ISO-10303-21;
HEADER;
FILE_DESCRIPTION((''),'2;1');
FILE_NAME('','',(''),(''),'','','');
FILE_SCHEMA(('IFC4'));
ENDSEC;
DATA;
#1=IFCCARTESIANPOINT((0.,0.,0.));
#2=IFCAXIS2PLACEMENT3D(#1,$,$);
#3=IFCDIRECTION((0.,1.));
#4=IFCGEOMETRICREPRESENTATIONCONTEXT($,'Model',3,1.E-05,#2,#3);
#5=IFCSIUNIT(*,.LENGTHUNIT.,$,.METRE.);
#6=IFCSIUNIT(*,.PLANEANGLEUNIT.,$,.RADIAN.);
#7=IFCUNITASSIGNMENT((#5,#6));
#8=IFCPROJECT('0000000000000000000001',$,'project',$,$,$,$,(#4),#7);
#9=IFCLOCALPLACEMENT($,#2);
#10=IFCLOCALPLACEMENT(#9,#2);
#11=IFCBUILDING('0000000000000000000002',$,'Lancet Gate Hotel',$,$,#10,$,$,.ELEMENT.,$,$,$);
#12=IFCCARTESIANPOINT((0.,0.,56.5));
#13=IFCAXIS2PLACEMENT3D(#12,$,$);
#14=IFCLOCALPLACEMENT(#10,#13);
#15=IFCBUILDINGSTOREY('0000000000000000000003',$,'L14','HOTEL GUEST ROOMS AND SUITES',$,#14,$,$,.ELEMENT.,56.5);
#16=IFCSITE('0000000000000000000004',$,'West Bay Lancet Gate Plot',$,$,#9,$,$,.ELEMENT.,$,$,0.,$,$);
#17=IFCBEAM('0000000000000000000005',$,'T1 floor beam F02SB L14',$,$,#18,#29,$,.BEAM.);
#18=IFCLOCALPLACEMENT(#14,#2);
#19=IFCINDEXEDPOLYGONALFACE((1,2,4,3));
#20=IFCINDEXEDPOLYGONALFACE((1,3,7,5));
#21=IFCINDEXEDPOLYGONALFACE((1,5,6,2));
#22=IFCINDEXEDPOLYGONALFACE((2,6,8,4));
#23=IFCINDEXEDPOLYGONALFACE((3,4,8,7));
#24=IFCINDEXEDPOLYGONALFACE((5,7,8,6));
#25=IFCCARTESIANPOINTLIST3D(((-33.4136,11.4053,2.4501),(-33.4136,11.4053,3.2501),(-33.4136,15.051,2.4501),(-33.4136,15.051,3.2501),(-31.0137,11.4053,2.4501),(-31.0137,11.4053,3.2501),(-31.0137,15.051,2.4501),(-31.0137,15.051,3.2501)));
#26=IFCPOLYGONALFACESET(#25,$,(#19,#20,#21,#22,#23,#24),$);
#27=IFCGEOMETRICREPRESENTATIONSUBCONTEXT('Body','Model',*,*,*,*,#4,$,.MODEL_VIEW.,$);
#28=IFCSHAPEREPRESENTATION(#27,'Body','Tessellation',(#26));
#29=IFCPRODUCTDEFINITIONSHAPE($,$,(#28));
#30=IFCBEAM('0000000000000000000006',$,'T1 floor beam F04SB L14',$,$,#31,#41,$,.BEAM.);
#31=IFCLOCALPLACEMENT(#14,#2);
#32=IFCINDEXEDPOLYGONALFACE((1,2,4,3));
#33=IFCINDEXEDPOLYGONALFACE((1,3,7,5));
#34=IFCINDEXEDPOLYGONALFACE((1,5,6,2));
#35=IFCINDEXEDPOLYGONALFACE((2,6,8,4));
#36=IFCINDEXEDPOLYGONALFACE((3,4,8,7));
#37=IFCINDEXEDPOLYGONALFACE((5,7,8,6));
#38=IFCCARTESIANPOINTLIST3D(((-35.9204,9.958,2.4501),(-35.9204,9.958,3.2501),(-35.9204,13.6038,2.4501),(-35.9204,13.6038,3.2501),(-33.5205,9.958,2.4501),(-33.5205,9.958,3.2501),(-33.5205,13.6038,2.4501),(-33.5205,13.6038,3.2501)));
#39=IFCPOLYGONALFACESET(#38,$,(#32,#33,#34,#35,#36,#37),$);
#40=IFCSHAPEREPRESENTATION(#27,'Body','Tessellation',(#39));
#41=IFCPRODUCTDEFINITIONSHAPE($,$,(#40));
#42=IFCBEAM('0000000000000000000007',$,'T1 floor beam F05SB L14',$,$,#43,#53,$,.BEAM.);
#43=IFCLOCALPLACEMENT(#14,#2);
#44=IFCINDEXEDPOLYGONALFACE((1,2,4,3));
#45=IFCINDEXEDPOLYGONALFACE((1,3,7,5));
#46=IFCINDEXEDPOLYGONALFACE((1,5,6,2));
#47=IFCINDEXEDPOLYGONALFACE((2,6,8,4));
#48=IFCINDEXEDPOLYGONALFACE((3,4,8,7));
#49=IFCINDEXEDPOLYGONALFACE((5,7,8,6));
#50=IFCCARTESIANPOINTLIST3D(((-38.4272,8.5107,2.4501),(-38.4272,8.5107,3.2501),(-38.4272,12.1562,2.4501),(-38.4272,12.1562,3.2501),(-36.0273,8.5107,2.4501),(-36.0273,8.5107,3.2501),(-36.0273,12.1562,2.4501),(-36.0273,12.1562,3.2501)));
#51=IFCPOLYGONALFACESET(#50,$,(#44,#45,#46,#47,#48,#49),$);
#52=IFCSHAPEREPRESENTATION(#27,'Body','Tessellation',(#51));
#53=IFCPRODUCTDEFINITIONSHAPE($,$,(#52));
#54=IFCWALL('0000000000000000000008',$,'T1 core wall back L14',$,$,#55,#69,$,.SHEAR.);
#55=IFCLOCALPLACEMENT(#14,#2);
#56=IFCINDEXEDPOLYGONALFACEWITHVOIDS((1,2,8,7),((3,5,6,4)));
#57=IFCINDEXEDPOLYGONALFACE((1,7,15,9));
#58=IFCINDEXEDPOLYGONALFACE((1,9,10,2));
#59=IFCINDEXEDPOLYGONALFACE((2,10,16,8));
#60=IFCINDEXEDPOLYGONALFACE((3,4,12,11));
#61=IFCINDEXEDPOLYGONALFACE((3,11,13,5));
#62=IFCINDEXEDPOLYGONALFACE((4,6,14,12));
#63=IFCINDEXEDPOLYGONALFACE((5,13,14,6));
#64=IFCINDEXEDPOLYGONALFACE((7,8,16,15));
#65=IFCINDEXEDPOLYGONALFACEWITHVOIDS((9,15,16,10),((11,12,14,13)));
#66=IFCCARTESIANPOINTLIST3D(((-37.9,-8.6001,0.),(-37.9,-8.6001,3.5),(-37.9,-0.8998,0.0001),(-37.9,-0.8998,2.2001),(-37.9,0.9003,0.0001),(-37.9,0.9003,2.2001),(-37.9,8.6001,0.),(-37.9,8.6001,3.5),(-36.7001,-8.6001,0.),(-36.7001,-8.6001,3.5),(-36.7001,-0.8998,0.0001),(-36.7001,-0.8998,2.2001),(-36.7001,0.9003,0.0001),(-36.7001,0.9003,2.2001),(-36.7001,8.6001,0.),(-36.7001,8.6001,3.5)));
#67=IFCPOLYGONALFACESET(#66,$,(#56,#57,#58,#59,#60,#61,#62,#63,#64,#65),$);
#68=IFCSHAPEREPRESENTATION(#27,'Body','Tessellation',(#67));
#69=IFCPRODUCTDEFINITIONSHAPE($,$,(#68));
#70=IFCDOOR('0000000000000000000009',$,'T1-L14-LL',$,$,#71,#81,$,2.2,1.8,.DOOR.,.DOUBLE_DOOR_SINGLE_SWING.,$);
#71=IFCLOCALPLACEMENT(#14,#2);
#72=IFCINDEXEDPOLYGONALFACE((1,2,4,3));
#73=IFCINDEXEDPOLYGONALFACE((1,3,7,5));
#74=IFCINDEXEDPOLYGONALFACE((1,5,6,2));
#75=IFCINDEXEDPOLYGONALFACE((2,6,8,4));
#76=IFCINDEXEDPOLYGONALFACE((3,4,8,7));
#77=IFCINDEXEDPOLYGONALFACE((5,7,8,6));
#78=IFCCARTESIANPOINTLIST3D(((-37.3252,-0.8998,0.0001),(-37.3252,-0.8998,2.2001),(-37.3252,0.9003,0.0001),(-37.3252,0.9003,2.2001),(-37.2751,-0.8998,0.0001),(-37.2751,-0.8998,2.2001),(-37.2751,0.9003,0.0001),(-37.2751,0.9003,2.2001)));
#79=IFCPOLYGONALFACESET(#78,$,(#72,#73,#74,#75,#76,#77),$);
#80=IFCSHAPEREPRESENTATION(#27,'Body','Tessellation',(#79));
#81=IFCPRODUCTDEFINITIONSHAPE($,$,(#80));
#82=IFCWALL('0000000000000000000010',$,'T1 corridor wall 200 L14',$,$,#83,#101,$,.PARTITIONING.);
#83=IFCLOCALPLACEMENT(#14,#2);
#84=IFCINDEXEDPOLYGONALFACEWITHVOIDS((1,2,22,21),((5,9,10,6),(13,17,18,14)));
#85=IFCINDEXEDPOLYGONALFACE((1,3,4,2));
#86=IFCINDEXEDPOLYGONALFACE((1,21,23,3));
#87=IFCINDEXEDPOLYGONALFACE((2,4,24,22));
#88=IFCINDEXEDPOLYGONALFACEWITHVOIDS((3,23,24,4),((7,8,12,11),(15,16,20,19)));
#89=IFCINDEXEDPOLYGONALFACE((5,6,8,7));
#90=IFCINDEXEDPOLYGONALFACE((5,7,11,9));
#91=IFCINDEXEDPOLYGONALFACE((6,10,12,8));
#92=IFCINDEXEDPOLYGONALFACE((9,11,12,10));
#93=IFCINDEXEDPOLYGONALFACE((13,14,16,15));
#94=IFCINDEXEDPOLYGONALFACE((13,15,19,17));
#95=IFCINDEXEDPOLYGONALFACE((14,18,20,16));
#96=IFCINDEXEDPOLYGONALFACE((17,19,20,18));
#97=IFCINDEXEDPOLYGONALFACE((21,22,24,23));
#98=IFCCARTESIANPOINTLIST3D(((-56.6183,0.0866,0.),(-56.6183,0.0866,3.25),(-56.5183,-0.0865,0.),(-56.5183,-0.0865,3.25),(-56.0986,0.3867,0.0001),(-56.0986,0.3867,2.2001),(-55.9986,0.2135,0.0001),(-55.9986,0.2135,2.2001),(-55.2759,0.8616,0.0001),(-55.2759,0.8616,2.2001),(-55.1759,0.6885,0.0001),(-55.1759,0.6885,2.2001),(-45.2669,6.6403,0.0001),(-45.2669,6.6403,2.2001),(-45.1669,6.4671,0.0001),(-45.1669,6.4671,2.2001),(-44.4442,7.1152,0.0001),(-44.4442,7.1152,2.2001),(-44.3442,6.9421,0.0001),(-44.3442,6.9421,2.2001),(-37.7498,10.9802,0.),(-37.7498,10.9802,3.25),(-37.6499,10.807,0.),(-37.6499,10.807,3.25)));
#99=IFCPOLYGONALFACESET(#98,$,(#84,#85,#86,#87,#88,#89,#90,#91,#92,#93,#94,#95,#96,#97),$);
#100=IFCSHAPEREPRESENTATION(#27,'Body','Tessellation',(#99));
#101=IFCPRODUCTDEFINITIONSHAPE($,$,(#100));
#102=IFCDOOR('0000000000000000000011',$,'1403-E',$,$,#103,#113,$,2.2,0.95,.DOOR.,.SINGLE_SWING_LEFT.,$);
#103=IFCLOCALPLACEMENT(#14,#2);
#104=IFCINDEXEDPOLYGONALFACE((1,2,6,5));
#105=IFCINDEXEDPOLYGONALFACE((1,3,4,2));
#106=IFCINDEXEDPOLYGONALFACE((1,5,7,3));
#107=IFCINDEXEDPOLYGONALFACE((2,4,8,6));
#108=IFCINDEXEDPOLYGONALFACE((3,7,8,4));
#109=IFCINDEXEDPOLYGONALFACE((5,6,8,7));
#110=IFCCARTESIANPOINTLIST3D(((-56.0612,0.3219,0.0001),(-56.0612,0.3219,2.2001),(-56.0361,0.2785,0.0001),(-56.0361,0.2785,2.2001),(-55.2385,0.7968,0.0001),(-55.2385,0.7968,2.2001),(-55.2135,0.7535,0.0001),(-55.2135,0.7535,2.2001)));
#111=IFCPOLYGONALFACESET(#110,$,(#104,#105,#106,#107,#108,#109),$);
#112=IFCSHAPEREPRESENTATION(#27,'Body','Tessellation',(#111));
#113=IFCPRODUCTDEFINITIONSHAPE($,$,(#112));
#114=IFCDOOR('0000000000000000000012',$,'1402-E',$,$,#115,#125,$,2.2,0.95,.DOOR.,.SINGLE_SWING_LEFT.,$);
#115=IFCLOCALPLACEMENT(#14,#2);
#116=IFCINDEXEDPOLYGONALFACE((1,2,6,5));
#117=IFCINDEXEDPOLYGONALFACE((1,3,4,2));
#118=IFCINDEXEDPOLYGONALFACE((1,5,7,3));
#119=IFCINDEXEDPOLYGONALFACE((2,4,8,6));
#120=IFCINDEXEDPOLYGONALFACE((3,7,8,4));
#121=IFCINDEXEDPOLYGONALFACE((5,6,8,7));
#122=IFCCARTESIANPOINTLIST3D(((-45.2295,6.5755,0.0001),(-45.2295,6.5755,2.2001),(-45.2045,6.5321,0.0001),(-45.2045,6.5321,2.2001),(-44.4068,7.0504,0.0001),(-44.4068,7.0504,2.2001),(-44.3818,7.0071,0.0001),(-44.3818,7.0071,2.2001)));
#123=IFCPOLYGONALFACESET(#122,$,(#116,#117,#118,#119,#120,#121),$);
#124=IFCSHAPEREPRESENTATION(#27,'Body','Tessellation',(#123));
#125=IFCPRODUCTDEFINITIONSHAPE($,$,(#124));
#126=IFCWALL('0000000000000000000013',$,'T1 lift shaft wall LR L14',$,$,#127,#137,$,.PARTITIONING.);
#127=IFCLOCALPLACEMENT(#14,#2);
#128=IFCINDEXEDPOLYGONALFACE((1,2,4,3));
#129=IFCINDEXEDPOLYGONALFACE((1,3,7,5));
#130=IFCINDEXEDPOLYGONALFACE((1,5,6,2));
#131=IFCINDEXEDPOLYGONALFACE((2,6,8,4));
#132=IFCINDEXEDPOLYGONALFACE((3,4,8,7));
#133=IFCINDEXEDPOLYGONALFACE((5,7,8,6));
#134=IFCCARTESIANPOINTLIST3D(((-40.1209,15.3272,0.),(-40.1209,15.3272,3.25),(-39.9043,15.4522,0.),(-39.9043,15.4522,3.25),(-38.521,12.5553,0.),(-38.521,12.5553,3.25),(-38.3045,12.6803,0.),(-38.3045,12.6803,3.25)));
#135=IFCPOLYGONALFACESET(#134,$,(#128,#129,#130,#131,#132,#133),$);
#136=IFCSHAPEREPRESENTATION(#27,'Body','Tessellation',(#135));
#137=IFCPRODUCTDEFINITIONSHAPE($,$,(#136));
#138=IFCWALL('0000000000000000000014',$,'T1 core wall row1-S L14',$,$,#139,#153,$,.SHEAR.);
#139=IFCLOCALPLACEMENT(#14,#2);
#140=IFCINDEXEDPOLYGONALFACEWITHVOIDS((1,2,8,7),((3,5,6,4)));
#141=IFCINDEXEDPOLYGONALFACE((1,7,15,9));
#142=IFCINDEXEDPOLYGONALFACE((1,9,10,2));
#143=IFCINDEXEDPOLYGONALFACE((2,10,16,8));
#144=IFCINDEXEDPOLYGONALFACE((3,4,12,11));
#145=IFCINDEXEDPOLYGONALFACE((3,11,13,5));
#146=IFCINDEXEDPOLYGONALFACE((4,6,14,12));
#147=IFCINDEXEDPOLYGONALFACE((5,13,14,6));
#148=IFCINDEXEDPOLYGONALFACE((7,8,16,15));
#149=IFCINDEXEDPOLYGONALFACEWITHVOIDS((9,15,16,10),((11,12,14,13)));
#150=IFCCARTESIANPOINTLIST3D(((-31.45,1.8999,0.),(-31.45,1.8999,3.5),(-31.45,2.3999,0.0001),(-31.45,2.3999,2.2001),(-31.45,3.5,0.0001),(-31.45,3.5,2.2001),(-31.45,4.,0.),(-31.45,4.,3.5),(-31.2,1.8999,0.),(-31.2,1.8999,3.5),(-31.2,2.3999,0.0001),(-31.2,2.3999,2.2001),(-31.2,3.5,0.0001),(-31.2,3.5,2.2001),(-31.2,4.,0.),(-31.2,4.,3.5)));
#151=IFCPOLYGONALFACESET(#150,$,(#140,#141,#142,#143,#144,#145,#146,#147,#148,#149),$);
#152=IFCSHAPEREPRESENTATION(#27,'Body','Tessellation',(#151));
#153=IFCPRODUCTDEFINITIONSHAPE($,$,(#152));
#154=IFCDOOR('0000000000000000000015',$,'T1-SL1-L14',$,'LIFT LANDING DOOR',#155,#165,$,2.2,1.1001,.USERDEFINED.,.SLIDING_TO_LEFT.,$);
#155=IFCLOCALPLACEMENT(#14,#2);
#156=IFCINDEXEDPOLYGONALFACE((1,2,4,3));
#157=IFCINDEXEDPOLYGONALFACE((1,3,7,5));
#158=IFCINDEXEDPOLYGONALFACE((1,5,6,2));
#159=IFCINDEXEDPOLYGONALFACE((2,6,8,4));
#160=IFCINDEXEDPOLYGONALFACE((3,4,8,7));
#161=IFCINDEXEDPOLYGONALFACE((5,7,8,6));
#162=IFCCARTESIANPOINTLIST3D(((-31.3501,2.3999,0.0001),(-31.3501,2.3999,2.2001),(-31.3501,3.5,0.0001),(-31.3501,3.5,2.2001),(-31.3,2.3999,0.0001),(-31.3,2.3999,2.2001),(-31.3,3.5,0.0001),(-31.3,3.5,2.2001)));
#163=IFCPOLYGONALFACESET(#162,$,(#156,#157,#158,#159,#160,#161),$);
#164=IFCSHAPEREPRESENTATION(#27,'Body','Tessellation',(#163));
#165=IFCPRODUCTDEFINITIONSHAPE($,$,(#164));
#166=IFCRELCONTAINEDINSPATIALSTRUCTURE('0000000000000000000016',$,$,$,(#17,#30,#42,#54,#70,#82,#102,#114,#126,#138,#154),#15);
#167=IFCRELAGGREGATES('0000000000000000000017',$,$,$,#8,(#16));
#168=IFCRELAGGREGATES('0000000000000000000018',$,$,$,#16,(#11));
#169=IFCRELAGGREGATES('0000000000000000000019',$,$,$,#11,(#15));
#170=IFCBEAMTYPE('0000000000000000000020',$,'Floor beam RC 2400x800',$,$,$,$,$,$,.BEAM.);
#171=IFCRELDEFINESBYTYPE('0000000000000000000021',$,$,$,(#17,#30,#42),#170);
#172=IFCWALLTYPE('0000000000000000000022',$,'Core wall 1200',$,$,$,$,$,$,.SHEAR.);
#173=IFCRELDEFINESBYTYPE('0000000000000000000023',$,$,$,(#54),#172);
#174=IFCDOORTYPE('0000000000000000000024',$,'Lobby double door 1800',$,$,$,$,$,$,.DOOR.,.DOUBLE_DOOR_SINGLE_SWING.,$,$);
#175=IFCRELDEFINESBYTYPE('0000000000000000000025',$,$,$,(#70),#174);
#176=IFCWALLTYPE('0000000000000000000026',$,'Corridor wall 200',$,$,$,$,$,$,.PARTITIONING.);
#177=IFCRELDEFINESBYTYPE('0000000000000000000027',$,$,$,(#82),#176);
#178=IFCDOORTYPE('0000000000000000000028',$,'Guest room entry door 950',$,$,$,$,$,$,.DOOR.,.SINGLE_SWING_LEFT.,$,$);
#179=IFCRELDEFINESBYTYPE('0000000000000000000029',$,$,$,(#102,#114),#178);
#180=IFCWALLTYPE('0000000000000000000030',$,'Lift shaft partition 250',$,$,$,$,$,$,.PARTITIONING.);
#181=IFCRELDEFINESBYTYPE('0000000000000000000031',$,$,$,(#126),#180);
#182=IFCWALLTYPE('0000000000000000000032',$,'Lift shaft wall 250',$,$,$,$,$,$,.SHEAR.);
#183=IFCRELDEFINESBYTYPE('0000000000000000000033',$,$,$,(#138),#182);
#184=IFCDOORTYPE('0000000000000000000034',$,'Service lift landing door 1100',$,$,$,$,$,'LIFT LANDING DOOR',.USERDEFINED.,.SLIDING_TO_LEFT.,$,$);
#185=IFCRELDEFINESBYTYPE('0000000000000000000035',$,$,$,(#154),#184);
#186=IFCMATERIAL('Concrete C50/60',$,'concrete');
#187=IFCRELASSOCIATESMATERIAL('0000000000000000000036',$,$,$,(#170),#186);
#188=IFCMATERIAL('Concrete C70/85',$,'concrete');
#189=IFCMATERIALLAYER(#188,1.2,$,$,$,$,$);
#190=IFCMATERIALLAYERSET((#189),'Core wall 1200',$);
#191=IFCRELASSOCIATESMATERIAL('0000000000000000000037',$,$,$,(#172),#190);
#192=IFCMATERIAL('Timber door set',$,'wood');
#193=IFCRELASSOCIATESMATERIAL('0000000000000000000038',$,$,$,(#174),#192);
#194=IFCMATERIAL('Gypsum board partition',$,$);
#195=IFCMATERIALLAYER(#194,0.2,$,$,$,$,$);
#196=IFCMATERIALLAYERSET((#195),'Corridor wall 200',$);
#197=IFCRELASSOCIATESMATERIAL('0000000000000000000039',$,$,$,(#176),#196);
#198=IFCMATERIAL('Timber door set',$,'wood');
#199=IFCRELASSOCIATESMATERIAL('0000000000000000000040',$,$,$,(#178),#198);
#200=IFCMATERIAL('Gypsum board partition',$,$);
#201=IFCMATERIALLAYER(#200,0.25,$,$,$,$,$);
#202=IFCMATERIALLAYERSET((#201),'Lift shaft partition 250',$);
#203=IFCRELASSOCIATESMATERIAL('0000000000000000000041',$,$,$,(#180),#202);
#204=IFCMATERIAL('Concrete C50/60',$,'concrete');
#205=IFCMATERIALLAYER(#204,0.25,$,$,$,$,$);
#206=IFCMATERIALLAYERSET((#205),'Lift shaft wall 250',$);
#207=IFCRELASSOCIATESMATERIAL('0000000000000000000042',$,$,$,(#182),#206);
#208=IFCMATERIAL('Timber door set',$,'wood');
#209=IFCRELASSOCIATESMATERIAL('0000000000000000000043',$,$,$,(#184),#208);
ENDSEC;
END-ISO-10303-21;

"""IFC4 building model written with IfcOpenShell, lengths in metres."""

from ifc_helpers import new_model, si_unit, direction, frame, frame_2d, origin, origin_2d, place, context, subcontext, project, spatial, rectangle, extrude, material, layer, layer_set, material_profile, profile_set, type_object, element, fill, save


model = new_model("IFC4")

# Units and contexts
model_context = context("Model", 3, precision=1e-05, world=origin(), true_north=direction((0.0, 1.0)))
body_context = subcontext(model_context, "Body", "Model", "MODEL_VIEW")
ifc_project = project(units=[si_unit("LENGTHUNIT", "METRE"), si_unit("PLANEANGLEUNIT", "RADIAN")], contexts=[model_context])

# Site, building, storey
site_placement = place(None, origin())
site = spatial("IfcSite", under=ifc_project, at=site_placement, Name="West Bay Lancet Gate Plot", CompositionType="ELEMENT", RefElevation=0.0)
building_placement = place(site_placement, origin())
building = spatial("IfcBuilding", under=site, at=building_placement, Name="Lancet Gate Hotel", CompositionType="ELEMENT")
storey_placement = place(building_placement, frame((0.0, 0.0, 56.5)))
storey = spatial("IfcBuildingStorey", under=building, at=storey_placement, Name="L14", Description="HOTEL GUEST ROOMS AND SUITES", CompositionType="ELEMENT", Elevation=56.5)

# Beams
ifc_material_1 = material(Name="Concrete C50/60", Category="concrete")
ifc_material_profile = material_profile(ifc_material_1, rectangle(XDim=2.3999, YDim=0.8, at=origin_2d()), Name="RC 2400x800")
ifc_profile_set = profile_set([ifc_material_profile], Name="Concrete C50/60")
beam_type = type_object("IfcBeamType", Name="Floor beam RC 2400x800", PredefinedType="BEAM", material=ifc_profile_set)
for number, where, z_axis, x_axis, name in (
    (1, (-32.2136, 15.051, 2.8501), (0.0, -1.0, 0.0), (1.0, 0.0, 0.0), "T1 floor beam F02SB L14"),
    (2, (-34.7205, 13.6038, 2.8501), (0.0, -1.0, 0.0), (1.0, 0.0, 0.0), "T1 floor beam F04SB L14"),
):
    element("IfcBeam", number, at=place(storey_placement, frame(where, z_axis=z_axis, x_axis=x_axis)), inside=storey, type_object=beam_type, Name=name, PredefinedType="BEAM", context=body_context, shape_type="SweptSolid", body=[
        extrude(rectangle(XDim=2.3999, YDim=0.8, at=origin_2d()), origin(), (0.0, 0.0, 1.0), 3.6458),
    ])
beam_placement = place(storey_placement, frame((-37.2273, 12.1562, 2.8501), z_axis=(0.0, -1.0, 0.0), x_axis=(1.0, 0.0, 0.0)))
element("IfcBeam", 3, at=beam_placement, inside=storey, type_object=beam_type, Name="T1 floor beam F05SB L14", PredefinedType="BEAM", context=body_context, shape_type="SweptSolid", body=[
    extrude(rectangle(XDim=2.3999, YDim=0.8, at=origin_2d()), origin(), (0.0, 0.0, 1.0), 3.6455),
])

# Wall, opening, door
ifc_material_2 = material(Name="Concrete C70/85", Category="concrete")
ifc_layer_1 = layer(ifc_material_2, 1.2)
ifc_layer_set_1 = layer_set([ifc_layer_1], Name="Core wall 1200")
wall_type_1 = type_object("IfcWallType", Name="Core wall 1200", PredefinedType="SHEAR", material=ifc_layer_set_1)
wall_1_placement = place(storey_placement, frame((-37.3, 8.6001, 0.0), z_axis=(0.0, 0.0, 1.0), x_axis=(0.0, -1.0, 0.0)))
wall_1 = element("IfcWall", 4, at=wall_1_placement, inside=storey, type_object=wall_type_1, Name="T1 core wall back L14", PredefinedType="SHEAR", context=body_context, shape_type="SweptSolid", body=[
    extrude(rectangle(XDim=17.2002, YDim=1.2, at=frame_2d((8.6001, 0.0))), origin(), (0.0, 0.0, 1.0), 3.5),
])
opening_1_placement = place(wall_1_placement, frame((7.7, 0.0, 0.0)))
opening_1 = element("IfcOpeningElement", 5, at=opening_1_placement, cuts=wall_1, PredefinedType="OPENING", context=body_context, shape_type="SweptSolid", body=[
    extrude(rectangle(XDim=1.8, YDim=2.2, at=frame_2d((0.8999, 1.1001))), frame((0.0, 0.6099, 0.0), z_axis=(0.0, -1.0, 0.0), x_axis=(1.0, 0.0, 0.0)), (0.0, 0.0, 1.0), 1.22),
])
ifc_material_3 = material(Name="Timber door set", Category="wood")
door_type_1 = type_object("IfcDoorType", Name="Lobby double door 1800", OperationType="DOUBLE_DOOR_SINGLE_SWING", PredefinedType="DOOR", material=ifc_material_3)
door_1_placement = place(opening_1_placement, origin())
door_1 = element("IfcDoor", 6, at=door_1_placement, inside=storey, type_object=door_type_1, Name="T1-L14-LL", OperationType="DOUBLE_DOOR_SINGLE_SWING", OverallHeight=2.2, OverallWidth=1.8, PredefinedType="DOOR", context=body_context, shape_type="SweptSolid", body=[
    extrude(rectangle(XDim=1.8, YDim=2.2, at=frame_2d((0.8999, 1.1001))), frame((0.0, 0.0249, 0.0), z_axis=(0.0, -1.0, 0.0), x_axis=(1.0, 0.0, 0.0)), (0.0, 0.0, 1.0), 0.05),
])
fill(opening_1, door_1)

# Wall, openings, doors
ifc_material_4 = material(Name="Gypsum board partition")
ifc_layer_2 = layer(ifc_material_4, 0.2)
ifc_layer_set_2 = layer_set([ifc_layer_2], Name="Corridor wall 200")
wall_type_2 = type_object("IfcWallType", Name="Corridor wall 200", PredefinedType="PARTITIONING", material=ifc_layer_set_2)
wall_2_placement = place(storey_placement, frame((-37.7, 10.8936, 0.0), z_axis=(0.0, 0.0, 1.0), x_axis=(-0.866028, -0.499996, 0.0)))
wall_2 = element("IfcWall", 7, at=wall_2_placement, inside=storey, type_object=wall_type_2, Name="T1 corridor wall 200 L14", PredefinedType="PARTITIONING", context=body_context, shape_type="SweptSolid", body=[
    extrude(rectangle(XDim=21.7874, YDim=0.2, at=frame_2d((10.8936, 0.0))), origin(), (0.0, 0.0, 1.0), 3.25),
])
opening_2_placement = place(wall_2_placement, frame((20.2371, 0.0, 0.0)))
opening_2 = element("IfcOpeningElement", 8, at=opening_2_placement, cuts=wall_2, PredefinedType="OPENING", context=body_context, shape_type="SweptSolid", body=[
    extrude(rectangle(XDim=0.95, YDim=2.2, at=frame_2d((0.4751, 1.1001))), frame((0.0, 0.1099, 0.0), z_axis=(0.0, -1.0, 0.0), x_axis=(1.0, 0.0, 0.0)), (0.0, 0.0, 1.0), 0.22),
])
opening_3_placement = place(wall_2_placement, frame((7.7297, 0.0, 0.0)))
opening_3 = element("IfcOpeningElement", 9, at=opening_3_placement, cuts=wall_2, PredefinedType="OPENING", context=body_context, shape_type="SweptSolid", body=[
    extrude(rectangle(XDim=0.95, YDim=2.2, at=frame_2d((0.4751, 1.1001))), frame((0.0, 0.1099, 0.0), z_axis=(0.0, -1.0, 0.0), x_axis=(1.0, 0.0, 0.0)), (0.0, 0.0, 1.0), 0.22),
])
ifc_material_5 = material(Name="Timber door set", Category="wood")
door_type_2 = type_object("IfcDoorType", Name="Guest room entry door 950", OperationType="SINGLE_SWING_LEFT", PredefinedType="DOOR", material=ifc_material_5)
door_2_placement = place(opening_2_placement, origin())
door_2 = element("IfcDoor", 10, at=door_2_placement, inside=storey, type_object=door_type_2, Name="1403-E", OperationType="SINGLE_SWING_LEFT", OverallHeight=2.2, OverallWidth=0.95, PredefinedType="DOOR", context=body_context, shape_type="SweptSolid", body=[
    extrude(rectangle(XDim=0.95, YDim=2.2, at=frame_2d((0.4751, 1.1001))), frame((0.0, 0.0249, 0.0), z_axis=(0.0, -1.0, 0.0), x_axis=(1.0, 0.0, 0.0)), (0.0, 0.0, 1.0), 0.05),
])
fill(opening_2, door_2)
door_3_placement = place(opening_3_placement, origin())
door_3 = element("IfcDoor", 11, at=door_3_placement, inside=storey, type_object=door_type_2, Name="1402-E", OperationType="SINGLE_SWING_LEFT", OverallHeight=2.2, OverallWidth=0.95, PredefinedType="DOOR", context=body_context, shape_type="SweptSolid", body=[
    extrude(rectangle(XDim=0.95, YDim=2.2, at=frame_2d((0.4751, 1.1001))), frame((0.0, 0.0249, 0.0), z_axis=(0.0, -1.0, 0.0), x_axis=(1.0, 0.0, 0.0)), (0.0, 0.0, 1.0), 0.05),
])
fill(opening_3, door_3)

# Wall
ifc_material_6 = material(Name="Gypsum board partition")
ifc_layer_3 = layer(ifc_material_6, 0.25)
ifc_layer_set_3 = layer_set([ifc_layer_3], Name="Lift shaft partition 250")
wall_type_3 = type_object("IfcWallType", Name="Lift shaft partition 250", PredefinedType="PARTITIONING", material=ifc_layer_set_3)
wall_3_placement = place(storey_placement, frame((-38.4128, 12.6179, 0.0), z_axis=(0.0, 0.0, 1.0), x_axis=(-0.499872, 0.866099, 0.0)))
element("IfcWall", 12, at=wall_3_placement, inside=storey, type_object=wall_type_3, Name="T1 lift shaft wall LR L14", PredefinedType="PARTITIONING", context=body_context, shape_type="SweptSolid", body=[
    extrude(rectangle(XDim=3.2004, YDim=0.25, at=frame_2d((1.6001, 0.0))), origin(), (0.0, 0.0, 1.0), 3.25),
])

# Wall, opening, door
ifc_material_7 = material(Name="Concrete C50/60", Category="concrete")
ifc_layer_4 = layer(ifc_material_7, 0.25)
ifc_layer_set_4 = layer_set([ifc_layer_4], Name="Lift shaft wall 250")
wall_type_4 = type_object("IfcWallType", Name="Lift shaft wall 250", PredefinedType="SHEAR", material=ifc_layer_set_4)
wall_4_placement = place(storey_placement, frame((-31.325, 4.0, 0.0), z_axis=(0.0, 0.0, 1.0), x_axis=(0.0, -1.0, 0.0)))
wall_4 = element("IfcWall", 13, at=wall_4_placement, inside=storey, type_object=wall_type_4, Name="T1 core wall row1-S L14", PredefinedType="SHEAR", context=body_context, shape_type="SweptSolid", body=[
    extrude(rectangle(XDim=2.1001, YDim=0.25, at=frame_2d((1.05, 0.0))), origin(), (0.0, 0.0, 1.0), 3.5),
])
opening_4_placement = place(wall_4_placement, frame((0.5, 0.0, 0.0)))
opening_4 = element("IfcOpeningElement", 14, at=opening_4_placement, cuts=wall_4, PredefinedType="OPENING", context=body_context, shape_type="SweptSolid", body=[
    extrude(rectangle(XDim=1.1001, YDim=2.2, at=frame_2d((0.55, 1.1001))), frame((0.0, 0.135, 0.0), z_axis=(0.0, -1.0, 0.0), x_axis=(1.0, 0.0, 0.0)), (0.0, 0.0, 1.0), 0.27),
])
ifc_material_8 = material(Name="Timber door set", Category="wood")
door_type_3 = type_object("IfcDoorType", Name="Service lift landing door 1100", ElementType="LIFT LANDING DOOR", OperationType="SLIDING_TO_LEFT", PredefinedType="USERDEFINED", material=ifc_material_8)
door_4_placement = place(opening_4_placement, origin())
door_4 = element("IfcDoor", 15, at=door_4_placement, inside=storey, type_object=door_type_3, Name="T1-SL1-L14", ObjectType="LIFT LANDING DOOR", OperationType="SLIDING_TO_LEFT", OverallHeight=2.2, OverallWidth=1.1001, PredefinedType="USERDEFINED", context=body_context, shape_type="SweptSolid", body=[
    extrude(rectangle(XDim=1.1001, YDim=2.2, at=frame_2d((0.55, 1.1001))), frame((0.0, 0.0249, 0.0), z_axis=(0.0, -1.0, 0.0), x_axis=(1.0, 0.0, 0.0)), (0.0, 0.0, 1.0), 0.05),
])
fill(opening_4, door_4)

save(model, "model.ifc")
